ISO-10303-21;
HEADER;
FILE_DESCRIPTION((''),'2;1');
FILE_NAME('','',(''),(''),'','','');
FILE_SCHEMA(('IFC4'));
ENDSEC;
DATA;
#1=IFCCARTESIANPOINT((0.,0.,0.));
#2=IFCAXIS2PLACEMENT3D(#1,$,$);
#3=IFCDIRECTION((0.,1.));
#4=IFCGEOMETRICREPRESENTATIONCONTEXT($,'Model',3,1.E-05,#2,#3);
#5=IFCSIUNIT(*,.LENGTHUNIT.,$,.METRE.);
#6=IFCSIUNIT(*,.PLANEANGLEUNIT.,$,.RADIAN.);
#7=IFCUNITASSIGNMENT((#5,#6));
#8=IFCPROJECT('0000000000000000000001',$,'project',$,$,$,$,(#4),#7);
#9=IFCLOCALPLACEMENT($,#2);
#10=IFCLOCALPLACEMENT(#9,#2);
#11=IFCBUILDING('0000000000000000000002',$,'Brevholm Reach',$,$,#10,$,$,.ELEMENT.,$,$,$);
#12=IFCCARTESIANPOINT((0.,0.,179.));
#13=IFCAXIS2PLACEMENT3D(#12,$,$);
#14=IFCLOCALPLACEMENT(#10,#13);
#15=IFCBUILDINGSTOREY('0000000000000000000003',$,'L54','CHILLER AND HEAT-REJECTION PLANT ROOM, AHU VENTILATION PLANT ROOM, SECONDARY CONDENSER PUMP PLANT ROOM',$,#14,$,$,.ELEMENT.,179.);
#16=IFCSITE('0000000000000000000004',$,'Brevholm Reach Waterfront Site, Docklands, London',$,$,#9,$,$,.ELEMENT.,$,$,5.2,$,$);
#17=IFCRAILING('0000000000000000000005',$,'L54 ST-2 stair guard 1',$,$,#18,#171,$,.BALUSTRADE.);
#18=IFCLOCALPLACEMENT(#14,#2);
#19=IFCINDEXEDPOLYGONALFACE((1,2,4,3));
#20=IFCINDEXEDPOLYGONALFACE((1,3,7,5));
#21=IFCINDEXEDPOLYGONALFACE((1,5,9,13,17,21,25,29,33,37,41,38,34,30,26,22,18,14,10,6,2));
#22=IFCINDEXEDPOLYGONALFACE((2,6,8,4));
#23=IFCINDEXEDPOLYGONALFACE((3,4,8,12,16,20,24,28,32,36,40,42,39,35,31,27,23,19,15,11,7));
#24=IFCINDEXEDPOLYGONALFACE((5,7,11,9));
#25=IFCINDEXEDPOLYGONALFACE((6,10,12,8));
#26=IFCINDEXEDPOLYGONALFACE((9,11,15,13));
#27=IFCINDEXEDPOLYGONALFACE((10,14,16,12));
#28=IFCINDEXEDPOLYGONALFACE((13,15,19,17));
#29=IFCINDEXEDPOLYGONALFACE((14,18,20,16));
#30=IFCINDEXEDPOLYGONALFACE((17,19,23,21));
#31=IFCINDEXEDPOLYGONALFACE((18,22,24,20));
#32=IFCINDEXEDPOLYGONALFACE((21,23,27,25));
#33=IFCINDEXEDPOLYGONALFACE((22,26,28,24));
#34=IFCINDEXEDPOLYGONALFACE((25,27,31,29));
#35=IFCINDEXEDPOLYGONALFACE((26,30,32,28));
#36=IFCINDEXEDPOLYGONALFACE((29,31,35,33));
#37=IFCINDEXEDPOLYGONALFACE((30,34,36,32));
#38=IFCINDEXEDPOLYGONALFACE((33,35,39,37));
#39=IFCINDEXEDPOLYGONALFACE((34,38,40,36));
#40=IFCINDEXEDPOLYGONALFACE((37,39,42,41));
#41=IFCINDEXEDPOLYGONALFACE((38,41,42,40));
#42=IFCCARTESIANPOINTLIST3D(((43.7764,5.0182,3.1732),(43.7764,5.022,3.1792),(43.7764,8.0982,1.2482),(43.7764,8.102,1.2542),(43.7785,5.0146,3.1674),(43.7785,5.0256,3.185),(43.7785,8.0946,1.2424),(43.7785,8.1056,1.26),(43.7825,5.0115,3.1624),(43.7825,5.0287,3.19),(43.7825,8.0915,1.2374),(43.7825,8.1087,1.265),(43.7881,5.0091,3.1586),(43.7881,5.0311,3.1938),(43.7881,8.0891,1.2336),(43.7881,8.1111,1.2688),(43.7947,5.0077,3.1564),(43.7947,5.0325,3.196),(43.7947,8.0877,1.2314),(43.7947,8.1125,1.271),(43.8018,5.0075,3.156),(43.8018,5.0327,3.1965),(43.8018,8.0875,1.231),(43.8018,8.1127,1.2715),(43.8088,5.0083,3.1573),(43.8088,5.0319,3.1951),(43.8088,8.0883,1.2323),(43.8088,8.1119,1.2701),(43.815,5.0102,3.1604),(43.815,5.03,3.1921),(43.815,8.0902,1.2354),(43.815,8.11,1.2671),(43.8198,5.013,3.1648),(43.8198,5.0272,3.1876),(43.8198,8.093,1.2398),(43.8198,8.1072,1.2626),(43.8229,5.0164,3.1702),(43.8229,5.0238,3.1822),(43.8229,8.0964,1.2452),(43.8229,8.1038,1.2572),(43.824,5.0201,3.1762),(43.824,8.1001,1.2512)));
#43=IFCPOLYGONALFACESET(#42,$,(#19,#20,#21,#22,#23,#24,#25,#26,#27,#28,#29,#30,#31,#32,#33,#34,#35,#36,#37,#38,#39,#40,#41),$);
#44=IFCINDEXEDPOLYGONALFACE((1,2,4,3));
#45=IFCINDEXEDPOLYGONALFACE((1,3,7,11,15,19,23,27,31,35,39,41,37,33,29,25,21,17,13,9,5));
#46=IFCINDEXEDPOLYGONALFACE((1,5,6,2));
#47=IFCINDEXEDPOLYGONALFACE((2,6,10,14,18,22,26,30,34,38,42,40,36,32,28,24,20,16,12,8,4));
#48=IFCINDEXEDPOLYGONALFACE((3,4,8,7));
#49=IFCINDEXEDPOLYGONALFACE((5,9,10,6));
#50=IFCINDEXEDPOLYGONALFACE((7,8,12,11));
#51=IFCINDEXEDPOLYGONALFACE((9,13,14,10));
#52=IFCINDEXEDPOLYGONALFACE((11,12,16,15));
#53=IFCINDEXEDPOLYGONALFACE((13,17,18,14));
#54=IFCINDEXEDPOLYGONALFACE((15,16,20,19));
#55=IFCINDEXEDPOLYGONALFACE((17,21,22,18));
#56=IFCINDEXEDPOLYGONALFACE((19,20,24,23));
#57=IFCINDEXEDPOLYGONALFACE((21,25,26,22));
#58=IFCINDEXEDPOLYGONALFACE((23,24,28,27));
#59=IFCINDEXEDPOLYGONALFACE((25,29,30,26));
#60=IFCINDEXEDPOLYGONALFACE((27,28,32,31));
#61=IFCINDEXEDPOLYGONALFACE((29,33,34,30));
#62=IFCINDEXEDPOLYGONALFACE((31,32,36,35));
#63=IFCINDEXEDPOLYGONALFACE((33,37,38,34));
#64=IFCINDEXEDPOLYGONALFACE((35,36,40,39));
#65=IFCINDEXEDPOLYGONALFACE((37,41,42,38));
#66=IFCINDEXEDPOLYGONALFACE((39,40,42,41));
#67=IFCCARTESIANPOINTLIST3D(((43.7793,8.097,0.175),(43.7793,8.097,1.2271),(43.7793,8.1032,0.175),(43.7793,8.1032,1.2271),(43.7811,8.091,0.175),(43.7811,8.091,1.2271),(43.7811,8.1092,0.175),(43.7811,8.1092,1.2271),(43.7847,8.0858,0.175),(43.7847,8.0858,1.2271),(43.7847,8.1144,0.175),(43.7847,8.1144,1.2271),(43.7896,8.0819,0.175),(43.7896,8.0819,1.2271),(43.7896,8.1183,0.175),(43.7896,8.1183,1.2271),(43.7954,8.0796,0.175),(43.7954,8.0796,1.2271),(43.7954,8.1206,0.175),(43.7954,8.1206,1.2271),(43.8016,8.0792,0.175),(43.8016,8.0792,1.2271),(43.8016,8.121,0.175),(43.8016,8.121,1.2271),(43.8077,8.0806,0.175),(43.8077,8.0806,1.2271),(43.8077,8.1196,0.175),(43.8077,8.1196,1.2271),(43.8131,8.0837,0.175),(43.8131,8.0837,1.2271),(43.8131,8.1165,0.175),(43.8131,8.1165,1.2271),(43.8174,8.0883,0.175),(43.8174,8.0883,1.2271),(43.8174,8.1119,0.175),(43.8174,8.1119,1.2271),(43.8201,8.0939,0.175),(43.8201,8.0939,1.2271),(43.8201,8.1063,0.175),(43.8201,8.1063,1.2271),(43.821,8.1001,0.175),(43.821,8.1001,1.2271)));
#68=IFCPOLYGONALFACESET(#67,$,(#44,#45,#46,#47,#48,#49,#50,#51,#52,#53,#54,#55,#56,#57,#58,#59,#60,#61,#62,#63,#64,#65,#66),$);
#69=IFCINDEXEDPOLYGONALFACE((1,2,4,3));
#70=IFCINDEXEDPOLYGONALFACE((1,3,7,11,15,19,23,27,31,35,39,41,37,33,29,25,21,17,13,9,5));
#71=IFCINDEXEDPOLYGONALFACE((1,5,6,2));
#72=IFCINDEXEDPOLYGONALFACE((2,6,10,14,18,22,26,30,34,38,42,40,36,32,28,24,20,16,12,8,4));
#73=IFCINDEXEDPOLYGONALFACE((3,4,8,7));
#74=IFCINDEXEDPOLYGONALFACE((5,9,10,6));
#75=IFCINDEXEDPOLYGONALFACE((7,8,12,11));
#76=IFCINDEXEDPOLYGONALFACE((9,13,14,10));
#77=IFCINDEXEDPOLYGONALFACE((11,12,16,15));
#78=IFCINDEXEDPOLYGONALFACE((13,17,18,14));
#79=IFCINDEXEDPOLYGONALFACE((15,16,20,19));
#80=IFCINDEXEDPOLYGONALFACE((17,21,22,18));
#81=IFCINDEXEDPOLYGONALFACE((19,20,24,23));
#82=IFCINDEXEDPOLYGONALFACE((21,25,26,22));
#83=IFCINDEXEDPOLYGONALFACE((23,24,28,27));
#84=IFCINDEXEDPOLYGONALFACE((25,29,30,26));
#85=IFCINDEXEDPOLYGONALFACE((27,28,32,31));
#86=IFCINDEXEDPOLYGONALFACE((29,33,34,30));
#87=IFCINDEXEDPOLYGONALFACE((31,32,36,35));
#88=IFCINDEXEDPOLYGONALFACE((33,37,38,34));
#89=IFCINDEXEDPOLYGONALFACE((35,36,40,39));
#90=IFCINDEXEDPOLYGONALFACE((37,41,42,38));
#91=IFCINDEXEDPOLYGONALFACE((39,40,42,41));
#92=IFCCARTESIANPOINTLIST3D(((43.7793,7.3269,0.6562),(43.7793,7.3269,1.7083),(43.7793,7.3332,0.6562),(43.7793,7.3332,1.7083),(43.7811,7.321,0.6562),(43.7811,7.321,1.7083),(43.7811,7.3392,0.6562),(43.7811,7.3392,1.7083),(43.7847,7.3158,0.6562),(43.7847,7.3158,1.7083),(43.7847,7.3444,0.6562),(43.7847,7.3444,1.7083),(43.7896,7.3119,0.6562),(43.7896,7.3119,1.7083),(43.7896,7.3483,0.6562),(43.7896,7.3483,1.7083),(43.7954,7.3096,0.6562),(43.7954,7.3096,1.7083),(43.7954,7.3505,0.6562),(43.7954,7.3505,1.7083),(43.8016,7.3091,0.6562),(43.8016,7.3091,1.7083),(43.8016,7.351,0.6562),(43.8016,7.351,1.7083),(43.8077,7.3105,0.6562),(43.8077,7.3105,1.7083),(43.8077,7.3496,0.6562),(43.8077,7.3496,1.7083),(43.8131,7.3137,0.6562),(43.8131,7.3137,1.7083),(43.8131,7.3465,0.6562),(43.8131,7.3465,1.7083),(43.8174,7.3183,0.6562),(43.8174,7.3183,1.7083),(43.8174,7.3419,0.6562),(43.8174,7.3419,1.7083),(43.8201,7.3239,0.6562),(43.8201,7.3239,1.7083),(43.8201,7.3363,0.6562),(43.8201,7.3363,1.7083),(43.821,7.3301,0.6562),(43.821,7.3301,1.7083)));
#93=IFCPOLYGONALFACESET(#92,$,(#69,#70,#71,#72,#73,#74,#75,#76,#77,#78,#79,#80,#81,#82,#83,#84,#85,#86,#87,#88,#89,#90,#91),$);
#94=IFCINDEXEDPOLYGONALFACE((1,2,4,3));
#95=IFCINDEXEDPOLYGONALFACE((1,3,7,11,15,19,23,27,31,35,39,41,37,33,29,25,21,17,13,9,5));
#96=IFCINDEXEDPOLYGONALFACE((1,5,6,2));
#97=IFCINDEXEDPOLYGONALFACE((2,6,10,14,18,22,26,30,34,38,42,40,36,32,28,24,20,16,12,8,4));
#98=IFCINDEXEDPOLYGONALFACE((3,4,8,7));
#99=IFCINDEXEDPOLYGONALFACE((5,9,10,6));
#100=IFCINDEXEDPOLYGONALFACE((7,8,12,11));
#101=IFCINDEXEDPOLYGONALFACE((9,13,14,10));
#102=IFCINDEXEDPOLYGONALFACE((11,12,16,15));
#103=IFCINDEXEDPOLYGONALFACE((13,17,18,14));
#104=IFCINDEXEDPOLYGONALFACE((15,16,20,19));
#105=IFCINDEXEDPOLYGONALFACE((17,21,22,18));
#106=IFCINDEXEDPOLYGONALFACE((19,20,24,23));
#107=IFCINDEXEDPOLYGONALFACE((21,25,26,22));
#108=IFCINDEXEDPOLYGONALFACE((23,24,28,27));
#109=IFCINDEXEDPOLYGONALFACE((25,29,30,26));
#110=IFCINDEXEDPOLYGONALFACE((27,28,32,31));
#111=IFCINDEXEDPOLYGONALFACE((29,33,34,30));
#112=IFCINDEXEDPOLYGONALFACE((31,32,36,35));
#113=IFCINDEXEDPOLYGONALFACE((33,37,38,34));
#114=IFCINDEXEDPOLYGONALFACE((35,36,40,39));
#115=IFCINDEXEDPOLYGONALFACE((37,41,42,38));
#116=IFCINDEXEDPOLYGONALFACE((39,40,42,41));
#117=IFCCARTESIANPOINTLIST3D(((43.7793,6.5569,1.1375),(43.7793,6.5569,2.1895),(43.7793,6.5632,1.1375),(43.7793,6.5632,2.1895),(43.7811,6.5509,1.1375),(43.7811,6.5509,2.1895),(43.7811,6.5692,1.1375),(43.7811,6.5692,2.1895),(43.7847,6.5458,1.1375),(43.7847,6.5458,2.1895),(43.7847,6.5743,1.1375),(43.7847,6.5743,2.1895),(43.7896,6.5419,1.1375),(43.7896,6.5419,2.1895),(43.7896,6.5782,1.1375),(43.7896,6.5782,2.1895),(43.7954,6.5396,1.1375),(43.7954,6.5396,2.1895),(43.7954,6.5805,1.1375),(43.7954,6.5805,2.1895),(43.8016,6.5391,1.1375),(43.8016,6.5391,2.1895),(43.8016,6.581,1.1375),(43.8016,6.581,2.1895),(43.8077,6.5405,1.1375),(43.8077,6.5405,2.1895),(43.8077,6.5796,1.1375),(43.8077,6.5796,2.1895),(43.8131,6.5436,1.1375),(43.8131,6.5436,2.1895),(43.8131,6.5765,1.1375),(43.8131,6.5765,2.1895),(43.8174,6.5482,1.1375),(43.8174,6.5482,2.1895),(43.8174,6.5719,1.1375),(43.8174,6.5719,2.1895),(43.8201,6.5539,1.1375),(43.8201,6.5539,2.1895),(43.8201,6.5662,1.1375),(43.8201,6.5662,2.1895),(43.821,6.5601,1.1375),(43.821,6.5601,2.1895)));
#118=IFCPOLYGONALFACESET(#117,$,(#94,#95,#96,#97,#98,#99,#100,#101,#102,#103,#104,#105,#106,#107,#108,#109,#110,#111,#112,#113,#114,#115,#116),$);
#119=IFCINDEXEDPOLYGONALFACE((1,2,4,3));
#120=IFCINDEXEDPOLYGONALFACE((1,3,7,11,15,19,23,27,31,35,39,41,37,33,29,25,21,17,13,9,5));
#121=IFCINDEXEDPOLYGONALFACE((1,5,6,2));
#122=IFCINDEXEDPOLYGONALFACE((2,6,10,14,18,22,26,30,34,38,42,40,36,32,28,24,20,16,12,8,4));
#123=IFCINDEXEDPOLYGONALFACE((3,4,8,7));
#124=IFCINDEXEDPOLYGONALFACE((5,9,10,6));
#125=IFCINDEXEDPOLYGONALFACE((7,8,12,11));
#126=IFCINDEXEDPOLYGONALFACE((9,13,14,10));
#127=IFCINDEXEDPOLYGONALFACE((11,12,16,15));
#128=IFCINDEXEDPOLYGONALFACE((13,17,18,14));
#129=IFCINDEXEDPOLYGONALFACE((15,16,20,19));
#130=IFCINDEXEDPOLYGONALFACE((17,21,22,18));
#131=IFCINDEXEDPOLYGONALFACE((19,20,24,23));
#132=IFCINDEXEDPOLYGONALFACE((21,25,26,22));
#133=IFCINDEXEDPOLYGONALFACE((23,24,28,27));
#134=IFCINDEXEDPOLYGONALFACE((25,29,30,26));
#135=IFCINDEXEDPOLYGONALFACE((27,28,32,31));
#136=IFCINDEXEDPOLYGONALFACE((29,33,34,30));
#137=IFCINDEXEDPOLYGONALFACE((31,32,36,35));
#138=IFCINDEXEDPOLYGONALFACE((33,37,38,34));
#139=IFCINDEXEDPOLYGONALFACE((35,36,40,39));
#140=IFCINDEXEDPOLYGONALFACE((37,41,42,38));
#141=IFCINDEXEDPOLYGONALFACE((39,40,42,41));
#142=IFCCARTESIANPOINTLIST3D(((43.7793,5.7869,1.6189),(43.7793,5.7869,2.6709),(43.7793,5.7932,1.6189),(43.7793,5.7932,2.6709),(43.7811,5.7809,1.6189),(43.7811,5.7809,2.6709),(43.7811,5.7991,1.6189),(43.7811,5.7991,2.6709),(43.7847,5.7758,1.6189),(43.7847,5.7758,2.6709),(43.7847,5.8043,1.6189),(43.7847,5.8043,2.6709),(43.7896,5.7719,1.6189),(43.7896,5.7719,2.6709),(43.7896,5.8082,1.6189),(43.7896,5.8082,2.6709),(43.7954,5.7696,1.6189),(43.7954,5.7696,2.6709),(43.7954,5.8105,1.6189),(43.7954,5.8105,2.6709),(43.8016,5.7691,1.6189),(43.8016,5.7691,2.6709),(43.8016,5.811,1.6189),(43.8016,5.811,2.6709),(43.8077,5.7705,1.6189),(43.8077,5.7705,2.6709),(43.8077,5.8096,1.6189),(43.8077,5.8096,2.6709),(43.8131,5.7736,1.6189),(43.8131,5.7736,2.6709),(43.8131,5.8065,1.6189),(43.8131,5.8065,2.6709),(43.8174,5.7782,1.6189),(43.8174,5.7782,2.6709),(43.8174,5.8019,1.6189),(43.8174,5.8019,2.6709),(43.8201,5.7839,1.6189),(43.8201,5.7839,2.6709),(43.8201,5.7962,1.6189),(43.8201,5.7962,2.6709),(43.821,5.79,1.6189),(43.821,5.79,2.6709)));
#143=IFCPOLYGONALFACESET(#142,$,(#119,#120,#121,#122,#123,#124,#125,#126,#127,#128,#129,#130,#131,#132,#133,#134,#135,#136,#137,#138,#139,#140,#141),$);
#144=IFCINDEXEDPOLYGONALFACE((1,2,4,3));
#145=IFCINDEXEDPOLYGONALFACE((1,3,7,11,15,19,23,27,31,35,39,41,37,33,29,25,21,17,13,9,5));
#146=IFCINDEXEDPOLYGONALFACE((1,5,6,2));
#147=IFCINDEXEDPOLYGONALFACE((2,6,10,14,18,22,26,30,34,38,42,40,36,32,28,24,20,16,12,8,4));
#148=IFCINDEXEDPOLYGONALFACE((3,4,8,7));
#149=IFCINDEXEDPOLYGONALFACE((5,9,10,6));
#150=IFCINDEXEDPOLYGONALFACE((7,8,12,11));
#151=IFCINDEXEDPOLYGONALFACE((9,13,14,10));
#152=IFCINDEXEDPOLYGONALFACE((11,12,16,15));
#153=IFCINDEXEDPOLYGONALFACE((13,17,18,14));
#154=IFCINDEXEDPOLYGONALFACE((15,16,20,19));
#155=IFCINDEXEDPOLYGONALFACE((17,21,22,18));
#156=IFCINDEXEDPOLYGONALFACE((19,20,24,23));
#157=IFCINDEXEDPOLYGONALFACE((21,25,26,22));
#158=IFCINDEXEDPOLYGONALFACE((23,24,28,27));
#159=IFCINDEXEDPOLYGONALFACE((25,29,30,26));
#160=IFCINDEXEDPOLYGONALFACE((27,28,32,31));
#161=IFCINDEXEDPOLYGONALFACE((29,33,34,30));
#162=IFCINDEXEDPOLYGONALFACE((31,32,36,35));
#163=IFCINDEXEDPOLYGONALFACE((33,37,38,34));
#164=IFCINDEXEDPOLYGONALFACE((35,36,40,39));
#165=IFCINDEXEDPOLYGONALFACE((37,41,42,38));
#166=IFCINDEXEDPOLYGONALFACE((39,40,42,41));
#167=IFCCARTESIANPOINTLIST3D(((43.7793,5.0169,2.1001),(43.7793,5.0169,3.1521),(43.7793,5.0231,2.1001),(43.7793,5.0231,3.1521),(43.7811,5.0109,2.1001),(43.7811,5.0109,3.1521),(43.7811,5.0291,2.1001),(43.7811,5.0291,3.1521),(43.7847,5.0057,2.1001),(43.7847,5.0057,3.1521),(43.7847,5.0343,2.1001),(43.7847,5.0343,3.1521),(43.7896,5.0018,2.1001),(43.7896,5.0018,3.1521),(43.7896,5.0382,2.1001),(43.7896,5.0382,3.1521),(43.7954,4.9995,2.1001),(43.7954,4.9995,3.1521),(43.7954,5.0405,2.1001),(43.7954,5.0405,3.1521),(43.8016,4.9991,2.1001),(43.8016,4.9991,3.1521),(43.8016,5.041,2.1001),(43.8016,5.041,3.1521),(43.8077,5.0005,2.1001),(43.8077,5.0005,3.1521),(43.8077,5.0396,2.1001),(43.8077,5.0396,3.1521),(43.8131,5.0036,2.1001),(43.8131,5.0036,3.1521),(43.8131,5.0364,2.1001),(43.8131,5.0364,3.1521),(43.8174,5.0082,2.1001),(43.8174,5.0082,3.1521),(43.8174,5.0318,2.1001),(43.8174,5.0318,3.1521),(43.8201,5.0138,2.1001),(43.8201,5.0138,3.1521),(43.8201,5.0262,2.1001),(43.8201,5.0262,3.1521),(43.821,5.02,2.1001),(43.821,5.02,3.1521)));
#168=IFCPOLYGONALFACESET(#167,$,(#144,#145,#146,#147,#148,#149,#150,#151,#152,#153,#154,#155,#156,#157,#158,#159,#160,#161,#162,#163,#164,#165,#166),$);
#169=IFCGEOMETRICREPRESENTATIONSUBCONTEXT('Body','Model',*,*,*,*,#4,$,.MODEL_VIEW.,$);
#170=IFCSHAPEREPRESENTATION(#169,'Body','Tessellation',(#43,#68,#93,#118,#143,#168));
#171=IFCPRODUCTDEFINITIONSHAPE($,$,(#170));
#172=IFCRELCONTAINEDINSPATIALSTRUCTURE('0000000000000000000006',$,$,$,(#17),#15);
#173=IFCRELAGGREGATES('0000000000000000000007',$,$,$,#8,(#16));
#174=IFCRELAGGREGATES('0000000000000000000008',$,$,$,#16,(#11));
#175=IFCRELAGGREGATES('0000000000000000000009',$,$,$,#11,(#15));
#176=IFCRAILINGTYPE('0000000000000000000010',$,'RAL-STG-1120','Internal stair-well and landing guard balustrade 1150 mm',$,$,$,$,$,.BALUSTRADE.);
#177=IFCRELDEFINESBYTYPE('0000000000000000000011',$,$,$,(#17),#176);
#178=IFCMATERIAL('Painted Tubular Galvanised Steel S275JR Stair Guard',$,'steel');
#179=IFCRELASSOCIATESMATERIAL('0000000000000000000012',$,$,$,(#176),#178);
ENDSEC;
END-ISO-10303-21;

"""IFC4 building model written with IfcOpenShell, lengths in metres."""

from ifc_helpers import new_model, si_unit, direction, frame, origin, origin_2d, place, context, subcontext, project, spatial, circle, extrude, material, type_object, element, save


model = new_model("IFC4")

# Units and contexts
model_context = context("Model", 3, precision=1e-05, world=origin(), true_north=direction((0.0, 1.0)))
body_context = subcontext(model_context, "Body", "Model", "MODEL_VIEW")
ifc_project = project(units=[si_unit("LENGTHUNIT", "METRE"), si_unit("PLANEANGLEUNIT", "RADIAN")], contexts=[model_context])

# Site, building, storey
site_placement = place(None, origin())
site = spatial("IfcSite", under=ifc_project, at=site_placement, Name="Brevholm Reach Waterfront Site, Docklands, London", CompositionType="ELEMENT", RefElevation=5.2)
building_placement = place(site_placement, origin())
building = spatial("IfcBuilding", under=site, at=building_placement, Name="Brevholm Reach", CompositionType="ELEMENT")
storey_placement = place(building_placement, frame((0.0, 0.0, 179.0)))
storey = spatial("IfcBuildingStorey", under=building, at=storey_placement, Name="L54", Description="CHILLER AND HEAT-REJECTION PLANT ROOM, AHU VENTILATION PLANT ROOM, SECONDARY CONDENSER PUMP PLANT ROOM", CompositionType="ELEMENT", Elevation=179.0)

# Railing
ifc_material_1 = material(Name="Painted Tubular Galvanised Steel S275JR Stair Guard", Category="steel")
railing_type_1 = type_object("IfcRailingType", Name="RAL-STG-1120", Description="Internal stair-well and landing guard balustrade 1150 mm", PredefinedType="BALUSTRADE", material=ifc_material_1)
railing_1_placement = place(storey_placement, frame((43.8, 8.1001, 0.175)))
element("IfcRailing", 1, at=railing_1_placement, inside=storey, type_object=railing_type_1, Name="L54 ST-2 stair guard 1", PredefinedType="BALUSTRADE", context=body_context, shape_type="SweptSolid", body=[
    extrude(circle(Radius=0.0239, at=origin_2d()), frame((0.0, 0.0, 1.0762), z_axis=(0.0, -0.847998, 0.529999), x_axis=(1.0, 0.0, 0.0)), (0.0, 0.0, 1.0), 3.6321),
    extrude(circle(Radius=0.021, at=origin_2d()), origin(), (0.0, 0.0, 1.0), 1.052),
    extrude(circle(Radius=0.021, at=origin_2d()), frame((0.0, -0.77, 0.4812)), (0.0, 0.0, 1.0), 1.052),
    extrude(circle(Radius=0.021, at=origin_2d()), frame((0.0, -1.54, 0.9624)), (0.0, 0.0, 1.0), 1.052),
    extrude(circle(Radius=0.021, at=origin_2d()), frame((0.0, -2.3101, 1.4438)), (0.0, 0.0, 1.0), 1.052),
    extrude(circle(Radius=0.021, at=origin_2d()), frame((0.0, -3.0801, 1.925)), (0.0, 0.0, 1.0), 1.052),
])

save(model, "model.ifc")
